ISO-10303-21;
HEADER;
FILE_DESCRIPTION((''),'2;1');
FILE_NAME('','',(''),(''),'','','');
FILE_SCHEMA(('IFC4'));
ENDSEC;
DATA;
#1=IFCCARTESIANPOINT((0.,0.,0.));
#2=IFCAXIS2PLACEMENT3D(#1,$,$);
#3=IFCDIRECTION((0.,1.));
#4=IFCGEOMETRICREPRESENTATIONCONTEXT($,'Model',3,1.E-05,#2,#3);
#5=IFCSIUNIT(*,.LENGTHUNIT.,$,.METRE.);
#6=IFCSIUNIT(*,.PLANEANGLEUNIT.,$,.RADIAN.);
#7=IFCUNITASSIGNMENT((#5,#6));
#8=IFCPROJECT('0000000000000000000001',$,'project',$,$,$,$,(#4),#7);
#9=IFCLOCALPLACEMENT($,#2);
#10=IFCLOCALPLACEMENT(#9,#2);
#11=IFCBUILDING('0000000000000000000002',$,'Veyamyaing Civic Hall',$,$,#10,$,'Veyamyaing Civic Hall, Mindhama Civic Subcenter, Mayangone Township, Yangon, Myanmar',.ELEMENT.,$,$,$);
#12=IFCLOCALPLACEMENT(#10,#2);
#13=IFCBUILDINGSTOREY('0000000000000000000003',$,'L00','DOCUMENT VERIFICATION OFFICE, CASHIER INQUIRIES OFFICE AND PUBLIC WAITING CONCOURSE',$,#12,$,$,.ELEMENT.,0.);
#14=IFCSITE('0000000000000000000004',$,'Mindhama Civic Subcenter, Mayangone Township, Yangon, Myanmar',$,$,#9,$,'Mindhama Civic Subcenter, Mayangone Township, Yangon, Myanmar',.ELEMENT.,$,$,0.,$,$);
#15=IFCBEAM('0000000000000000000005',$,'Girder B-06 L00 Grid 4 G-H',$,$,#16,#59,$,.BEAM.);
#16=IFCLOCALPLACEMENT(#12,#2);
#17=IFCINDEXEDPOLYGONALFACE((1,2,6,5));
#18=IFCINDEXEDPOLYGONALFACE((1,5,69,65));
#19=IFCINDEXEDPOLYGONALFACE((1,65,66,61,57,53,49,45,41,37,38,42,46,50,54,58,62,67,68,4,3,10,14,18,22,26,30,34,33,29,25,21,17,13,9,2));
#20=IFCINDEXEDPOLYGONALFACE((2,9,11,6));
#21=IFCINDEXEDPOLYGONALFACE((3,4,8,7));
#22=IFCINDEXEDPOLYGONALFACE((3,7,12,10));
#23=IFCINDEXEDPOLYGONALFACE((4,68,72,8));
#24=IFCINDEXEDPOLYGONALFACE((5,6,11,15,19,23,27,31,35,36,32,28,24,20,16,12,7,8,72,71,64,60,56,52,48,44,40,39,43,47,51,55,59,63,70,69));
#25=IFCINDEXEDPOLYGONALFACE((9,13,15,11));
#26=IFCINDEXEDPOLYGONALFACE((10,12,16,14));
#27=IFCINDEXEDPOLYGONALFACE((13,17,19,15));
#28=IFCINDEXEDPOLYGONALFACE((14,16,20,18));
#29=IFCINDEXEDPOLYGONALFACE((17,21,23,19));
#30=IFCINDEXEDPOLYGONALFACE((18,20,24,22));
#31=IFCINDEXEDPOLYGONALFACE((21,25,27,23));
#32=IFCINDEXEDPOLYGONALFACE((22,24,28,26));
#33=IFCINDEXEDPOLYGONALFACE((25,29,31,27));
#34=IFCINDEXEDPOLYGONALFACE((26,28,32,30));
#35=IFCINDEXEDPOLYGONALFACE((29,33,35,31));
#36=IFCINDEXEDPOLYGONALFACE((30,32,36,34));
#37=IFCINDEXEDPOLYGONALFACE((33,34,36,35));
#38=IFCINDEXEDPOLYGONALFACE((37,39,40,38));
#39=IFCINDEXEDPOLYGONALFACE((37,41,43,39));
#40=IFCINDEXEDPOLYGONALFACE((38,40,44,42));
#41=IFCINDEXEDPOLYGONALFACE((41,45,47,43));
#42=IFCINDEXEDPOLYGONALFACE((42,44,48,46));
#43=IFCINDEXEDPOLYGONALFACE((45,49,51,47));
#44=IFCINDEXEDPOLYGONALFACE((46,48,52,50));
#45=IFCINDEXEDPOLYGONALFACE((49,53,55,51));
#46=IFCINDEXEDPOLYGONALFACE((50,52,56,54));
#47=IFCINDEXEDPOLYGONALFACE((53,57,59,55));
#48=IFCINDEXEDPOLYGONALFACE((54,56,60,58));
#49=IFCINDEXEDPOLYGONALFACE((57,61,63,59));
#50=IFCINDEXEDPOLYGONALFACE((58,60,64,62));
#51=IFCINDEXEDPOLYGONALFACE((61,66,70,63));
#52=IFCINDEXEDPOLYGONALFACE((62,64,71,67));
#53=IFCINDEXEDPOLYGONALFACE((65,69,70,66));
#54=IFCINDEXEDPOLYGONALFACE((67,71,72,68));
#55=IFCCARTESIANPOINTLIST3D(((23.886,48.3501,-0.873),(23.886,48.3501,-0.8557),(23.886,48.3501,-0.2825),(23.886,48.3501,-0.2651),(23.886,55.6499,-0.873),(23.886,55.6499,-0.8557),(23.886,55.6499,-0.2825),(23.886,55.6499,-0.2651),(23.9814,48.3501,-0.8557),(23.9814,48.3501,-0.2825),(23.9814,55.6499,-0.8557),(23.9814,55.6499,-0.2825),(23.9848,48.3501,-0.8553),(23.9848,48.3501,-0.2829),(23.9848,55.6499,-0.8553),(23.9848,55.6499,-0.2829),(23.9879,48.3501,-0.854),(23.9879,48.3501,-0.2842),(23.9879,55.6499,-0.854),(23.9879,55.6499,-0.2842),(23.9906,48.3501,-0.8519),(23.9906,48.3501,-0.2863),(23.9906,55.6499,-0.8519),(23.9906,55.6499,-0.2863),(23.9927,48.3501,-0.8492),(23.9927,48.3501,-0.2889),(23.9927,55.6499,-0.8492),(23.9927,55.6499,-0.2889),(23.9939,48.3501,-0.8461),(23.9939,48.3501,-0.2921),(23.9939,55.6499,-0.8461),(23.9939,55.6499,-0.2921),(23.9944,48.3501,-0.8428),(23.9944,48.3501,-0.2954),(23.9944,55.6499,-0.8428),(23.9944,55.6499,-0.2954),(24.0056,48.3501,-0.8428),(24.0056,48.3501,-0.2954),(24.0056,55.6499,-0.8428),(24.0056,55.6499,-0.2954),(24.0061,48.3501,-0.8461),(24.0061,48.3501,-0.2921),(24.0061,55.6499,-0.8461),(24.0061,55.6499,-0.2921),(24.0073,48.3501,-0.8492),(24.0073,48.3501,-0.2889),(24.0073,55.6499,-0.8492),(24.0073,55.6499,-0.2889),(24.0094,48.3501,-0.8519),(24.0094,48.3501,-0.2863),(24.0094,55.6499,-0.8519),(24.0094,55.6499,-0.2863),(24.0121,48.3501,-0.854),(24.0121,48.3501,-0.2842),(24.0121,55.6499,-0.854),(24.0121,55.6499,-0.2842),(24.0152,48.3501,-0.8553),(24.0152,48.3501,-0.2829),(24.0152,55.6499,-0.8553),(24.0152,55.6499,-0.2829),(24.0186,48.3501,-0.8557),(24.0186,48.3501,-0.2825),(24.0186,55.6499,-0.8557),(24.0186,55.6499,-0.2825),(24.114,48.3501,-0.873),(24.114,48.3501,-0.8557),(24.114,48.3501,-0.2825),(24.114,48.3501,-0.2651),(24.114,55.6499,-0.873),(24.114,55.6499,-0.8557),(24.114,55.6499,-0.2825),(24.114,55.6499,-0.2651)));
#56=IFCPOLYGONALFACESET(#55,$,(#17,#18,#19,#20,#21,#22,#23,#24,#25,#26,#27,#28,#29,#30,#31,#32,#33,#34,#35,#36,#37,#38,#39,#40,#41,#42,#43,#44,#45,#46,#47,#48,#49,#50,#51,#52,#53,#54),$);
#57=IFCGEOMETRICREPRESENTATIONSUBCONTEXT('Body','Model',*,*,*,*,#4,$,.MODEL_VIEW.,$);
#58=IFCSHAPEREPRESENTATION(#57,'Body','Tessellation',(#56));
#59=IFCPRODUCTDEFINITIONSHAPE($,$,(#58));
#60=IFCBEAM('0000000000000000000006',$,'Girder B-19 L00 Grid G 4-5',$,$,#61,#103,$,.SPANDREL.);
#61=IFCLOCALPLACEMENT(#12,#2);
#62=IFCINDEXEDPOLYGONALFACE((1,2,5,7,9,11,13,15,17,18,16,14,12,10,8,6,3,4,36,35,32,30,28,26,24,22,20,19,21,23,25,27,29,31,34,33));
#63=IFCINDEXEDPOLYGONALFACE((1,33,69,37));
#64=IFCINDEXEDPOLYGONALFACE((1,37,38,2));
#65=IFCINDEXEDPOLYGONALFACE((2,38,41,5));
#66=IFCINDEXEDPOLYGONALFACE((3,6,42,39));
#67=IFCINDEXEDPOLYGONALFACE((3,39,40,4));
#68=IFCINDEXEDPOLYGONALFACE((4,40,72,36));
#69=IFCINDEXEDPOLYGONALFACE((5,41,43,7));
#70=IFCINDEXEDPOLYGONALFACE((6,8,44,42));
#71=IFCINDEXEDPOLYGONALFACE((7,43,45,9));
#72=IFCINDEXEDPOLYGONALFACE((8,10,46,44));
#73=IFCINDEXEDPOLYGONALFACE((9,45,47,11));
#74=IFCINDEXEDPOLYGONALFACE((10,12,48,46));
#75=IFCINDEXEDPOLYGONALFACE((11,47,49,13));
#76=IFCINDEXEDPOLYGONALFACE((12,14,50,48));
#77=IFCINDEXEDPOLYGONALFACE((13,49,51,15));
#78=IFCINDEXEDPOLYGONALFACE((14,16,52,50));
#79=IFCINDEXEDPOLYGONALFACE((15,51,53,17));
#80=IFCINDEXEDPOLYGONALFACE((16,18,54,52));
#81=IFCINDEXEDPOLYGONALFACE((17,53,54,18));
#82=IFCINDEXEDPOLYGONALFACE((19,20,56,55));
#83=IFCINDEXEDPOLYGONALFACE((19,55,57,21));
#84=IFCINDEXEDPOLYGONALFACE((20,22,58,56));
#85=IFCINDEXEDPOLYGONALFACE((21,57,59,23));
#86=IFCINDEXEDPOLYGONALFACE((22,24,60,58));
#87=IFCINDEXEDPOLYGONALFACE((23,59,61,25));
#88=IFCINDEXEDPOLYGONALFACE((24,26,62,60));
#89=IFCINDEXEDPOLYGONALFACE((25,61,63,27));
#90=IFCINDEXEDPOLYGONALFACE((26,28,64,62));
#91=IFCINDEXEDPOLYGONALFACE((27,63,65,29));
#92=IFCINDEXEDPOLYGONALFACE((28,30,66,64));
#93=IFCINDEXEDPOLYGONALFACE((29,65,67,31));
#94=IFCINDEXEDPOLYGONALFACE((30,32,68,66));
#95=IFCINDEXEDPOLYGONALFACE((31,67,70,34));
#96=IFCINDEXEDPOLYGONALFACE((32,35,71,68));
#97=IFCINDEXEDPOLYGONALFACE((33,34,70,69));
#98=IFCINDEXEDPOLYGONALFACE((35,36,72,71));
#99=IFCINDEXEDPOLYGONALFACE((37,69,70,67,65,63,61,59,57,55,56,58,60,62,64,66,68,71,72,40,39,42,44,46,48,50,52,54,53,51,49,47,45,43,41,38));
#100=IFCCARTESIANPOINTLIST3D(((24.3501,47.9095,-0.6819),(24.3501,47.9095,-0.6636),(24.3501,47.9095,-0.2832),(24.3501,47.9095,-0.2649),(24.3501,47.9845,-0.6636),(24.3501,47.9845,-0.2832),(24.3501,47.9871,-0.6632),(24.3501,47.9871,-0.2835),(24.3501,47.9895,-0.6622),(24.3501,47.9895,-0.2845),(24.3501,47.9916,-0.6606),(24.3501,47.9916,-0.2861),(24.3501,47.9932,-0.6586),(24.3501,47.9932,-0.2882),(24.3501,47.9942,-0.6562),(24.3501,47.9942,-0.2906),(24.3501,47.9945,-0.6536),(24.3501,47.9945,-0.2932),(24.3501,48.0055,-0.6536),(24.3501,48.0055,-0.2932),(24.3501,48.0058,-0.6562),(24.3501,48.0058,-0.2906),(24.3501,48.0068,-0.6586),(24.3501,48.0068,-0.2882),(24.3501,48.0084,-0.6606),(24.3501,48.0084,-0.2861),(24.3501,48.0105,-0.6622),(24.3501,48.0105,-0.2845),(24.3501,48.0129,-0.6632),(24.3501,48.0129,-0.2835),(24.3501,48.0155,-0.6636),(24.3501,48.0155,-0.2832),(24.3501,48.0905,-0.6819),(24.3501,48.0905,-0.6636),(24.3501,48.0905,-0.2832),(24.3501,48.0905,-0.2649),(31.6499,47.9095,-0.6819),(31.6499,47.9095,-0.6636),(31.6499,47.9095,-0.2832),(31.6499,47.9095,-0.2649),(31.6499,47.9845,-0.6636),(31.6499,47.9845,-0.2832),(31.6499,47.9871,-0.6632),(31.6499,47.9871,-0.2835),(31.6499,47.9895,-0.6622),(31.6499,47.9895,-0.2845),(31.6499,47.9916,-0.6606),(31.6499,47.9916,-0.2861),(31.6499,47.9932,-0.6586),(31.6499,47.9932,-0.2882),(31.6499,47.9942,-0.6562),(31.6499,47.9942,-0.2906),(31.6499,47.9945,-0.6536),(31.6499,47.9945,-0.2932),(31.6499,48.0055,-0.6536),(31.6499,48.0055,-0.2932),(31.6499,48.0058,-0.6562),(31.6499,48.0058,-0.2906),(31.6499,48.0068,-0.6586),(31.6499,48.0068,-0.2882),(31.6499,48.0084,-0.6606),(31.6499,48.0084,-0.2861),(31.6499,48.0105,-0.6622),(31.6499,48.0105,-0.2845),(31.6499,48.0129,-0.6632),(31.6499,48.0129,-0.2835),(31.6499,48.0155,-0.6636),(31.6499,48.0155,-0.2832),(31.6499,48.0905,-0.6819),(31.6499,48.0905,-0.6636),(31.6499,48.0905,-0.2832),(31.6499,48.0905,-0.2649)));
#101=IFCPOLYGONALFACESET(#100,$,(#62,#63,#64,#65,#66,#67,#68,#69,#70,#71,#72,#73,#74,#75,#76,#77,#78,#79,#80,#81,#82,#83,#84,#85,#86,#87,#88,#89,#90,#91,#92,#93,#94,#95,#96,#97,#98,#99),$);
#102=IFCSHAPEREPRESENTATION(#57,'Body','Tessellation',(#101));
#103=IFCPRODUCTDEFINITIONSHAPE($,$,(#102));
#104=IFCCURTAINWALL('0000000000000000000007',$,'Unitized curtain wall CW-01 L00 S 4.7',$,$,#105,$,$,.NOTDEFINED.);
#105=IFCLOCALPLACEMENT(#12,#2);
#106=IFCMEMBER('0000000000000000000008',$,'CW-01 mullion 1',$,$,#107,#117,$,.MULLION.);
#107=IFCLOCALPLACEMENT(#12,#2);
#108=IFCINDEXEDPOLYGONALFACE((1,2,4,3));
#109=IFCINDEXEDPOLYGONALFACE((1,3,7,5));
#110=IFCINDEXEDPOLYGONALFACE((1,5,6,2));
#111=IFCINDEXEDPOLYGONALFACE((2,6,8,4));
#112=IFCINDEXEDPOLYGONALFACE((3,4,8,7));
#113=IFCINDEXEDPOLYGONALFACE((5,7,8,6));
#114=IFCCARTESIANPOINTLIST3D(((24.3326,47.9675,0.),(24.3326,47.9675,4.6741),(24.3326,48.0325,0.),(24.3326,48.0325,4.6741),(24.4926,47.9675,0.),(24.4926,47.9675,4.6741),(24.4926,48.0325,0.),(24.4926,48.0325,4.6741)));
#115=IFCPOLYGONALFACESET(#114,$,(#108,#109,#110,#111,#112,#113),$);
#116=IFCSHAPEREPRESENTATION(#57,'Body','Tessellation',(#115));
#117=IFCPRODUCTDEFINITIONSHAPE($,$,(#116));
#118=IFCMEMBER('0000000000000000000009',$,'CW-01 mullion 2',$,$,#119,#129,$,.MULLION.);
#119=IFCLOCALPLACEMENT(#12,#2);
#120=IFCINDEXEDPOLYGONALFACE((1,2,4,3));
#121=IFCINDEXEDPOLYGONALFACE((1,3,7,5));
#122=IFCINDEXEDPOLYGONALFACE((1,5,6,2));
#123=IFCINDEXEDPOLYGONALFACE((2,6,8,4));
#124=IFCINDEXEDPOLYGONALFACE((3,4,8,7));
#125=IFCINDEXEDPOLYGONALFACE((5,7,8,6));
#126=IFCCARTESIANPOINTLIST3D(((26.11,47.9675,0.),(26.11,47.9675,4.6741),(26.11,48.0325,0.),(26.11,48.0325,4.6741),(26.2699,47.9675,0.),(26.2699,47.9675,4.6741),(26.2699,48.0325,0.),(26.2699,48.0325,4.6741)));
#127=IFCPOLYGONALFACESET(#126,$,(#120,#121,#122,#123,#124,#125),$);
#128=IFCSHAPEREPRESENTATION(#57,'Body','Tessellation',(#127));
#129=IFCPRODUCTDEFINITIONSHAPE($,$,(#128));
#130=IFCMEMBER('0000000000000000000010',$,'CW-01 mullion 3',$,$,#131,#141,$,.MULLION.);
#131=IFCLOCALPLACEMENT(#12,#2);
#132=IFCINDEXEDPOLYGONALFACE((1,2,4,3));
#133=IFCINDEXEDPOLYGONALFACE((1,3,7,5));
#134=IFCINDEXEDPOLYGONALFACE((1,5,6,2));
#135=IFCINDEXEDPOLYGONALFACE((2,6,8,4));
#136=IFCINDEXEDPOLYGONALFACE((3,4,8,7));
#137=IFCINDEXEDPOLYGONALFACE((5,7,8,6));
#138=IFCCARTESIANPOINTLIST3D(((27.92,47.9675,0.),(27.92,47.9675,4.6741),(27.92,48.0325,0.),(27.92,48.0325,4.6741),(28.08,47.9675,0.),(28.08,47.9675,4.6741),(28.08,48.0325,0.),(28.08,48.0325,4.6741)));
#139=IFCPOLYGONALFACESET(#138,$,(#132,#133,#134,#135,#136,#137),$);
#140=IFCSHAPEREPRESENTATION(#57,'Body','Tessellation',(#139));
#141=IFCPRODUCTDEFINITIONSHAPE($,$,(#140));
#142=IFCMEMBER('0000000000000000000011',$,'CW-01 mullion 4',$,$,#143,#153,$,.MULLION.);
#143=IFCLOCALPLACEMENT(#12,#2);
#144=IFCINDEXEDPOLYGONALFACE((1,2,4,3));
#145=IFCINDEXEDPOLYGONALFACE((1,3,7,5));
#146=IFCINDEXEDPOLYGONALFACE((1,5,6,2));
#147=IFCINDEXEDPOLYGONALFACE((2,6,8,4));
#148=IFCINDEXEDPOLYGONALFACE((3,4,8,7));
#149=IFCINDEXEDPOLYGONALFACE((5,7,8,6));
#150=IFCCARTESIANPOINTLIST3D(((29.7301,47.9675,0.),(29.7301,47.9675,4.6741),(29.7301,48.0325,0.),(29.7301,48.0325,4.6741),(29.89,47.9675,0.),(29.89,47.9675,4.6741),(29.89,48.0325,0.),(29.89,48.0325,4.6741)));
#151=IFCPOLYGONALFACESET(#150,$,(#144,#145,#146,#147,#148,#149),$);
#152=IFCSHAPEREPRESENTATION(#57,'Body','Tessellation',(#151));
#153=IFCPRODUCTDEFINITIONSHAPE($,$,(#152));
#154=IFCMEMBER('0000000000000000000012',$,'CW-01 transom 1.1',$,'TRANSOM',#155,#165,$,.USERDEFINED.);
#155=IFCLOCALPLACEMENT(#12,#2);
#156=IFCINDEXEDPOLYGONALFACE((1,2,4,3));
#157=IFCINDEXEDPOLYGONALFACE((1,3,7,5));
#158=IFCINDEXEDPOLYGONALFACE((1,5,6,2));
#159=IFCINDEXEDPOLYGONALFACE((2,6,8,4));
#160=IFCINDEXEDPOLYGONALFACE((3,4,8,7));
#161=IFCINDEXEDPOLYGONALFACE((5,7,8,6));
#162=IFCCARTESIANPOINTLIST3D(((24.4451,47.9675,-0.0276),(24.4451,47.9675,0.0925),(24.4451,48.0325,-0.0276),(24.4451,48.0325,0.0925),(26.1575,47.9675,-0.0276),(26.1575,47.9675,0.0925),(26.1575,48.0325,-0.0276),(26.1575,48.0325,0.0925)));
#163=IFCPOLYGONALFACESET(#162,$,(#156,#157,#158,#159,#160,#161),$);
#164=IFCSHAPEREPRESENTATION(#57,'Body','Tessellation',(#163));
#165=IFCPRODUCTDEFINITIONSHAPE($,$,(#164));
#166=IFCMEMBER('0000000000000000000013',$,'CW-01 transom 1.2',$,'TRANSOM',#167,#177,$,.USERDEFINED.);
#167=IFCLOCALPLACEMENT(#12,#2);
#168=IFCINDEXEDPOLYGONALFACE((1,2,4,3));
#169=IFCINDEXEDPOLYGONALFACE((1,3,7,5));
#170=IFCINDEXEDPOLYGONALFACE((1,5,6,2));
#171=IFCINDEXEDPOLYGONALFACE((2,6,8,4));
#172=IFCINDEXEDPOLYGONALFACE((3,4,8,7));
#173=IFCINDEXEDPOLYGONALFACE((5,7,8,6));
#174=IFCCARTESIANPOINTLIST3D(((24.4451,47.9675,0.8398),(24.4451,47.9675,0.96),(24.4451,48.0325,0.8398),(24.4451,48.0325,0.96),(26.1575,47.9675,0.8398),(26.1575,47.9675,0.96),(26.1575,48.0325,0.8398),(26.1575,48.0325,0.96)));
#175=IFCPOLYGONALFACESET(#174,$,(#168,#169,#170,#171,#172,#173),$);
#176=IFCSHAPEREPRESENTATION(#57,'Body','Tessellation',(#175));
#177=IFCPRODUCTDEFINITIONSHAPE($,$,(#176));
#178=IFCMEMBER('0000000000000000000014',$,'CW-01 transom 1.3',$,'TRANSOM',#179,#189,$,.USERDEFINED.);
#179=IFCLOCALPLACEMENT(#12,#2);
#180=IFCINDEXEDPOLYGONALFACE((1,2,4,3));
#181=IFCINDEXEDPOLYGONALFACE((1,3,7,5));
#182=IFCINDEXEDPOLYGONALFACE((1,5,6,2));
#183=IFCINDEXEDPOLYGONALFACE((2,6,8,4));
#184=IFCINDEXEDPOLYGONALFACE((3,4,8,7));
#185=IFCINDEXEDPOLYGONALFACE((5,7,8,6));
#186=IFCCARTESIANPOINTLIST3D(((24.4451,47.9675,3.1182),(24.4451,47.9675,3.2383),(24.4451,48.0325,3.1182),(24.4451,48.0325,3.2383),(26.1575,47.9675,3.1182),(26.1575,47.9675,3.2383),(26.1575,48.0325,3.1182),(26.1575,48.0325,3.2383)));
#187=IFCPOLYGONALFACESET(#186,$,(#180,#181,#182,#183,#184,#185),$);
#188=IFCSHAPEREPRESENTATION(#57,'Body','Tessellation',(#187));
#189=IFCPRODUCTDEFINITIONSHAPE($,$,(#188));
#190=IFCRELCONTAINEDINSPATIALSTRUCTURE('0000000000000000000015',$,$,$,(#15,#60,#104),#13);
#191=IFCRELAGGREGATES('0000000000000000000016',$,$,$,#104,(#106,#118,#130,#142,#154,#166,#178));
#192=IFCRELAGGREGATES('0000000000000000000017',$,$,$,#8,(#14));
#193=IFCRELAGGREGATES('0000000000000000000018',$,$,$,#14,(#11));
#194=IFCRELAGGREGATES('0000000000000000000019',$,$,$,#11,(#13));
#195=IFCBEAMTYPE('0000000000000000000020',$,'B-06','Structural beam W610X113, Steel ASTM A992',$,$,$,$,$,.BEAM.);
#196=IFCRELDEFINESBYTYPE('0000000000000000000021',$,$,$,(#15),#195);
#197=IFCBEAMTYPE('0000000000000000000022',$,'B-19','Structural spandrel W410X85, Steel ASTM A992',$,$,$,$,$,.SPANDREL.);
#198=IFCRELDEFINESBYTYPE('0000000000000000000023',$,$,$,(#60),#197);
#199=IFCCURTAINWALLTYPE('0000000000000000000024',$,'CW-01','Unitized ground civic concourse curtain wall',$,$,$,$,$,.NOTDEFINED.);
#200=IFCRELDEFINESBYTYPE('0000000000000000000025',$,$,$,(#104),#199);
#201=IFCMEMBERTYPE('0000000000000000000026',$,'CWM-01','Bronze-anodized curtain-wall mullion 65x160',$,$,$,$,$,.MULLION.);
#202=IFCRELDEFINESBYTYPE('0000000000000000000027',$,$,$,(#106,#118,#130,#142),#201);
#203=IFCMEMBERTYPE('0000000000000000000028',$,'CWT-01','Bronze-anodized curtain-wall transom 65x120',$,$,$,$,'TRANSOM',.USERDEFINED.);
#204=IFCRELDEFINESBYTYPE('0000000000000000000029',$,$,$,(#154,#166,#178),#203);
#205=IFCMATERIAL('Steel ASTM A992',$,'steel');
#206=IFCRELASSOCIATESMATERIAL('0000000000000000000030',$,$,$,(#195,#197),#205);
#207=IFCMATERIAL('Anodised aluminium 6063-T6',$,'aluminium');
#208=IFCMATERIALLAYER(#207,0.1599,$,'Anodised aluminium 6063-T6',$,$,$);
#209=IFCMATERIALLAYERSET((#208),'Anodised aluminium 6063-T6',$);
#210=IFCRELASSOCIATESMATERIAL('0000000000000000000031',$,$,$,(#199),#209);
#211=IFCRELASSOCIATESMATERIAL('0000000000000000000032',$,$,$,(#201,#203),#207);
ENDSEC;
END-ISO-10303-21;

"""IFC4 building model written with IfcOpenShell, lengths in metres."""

from ifc_helpers import new_model, si_unit, direction, frame, origin, origin_2d, place, context, subcontext, project, spatial, rectangle, i_section, extrude, material, layer, layer_set, material_profile, profile_set, type_object, element, aggregate, save


model = new_model("IFC4")

# Units and contexts
model_context = context("Model", 3, precision=1e-05, world=origin(), true_north=direction((0.0, 1.0)))
body_context = subcontext(model_context, "Body", "Model", "MODEL_VIEW")
ifc_project = project(units=[si_unit("LENGTHUNIT", "METRE"), si_unit("PLANEANGLEUNIT", "RADIAN")], contexts=[model_context])

# Site, building, storey
site_placement = place(None, origin())
site = spatial("IfcSite", under=ifc_project, at=site_placement, Name="Mindhama Civic Subcenter, Mayangone Township, Yangon, Myanmar", LongName="Mindhama Civic Subcenter, Mayangone Township, Yangon, Myanmar", CompositionType="ELEMENT", RefElevation=0.0)
building_placement = place(site_placement, origin())
building = spatial("IfcBuilding", under=site, at=building_placement, Name="Veyamyaing Civic Hall", LongName="Veyamyaing Civic Hall, Mindhama Civic Subcenter, Mayangone Township, Yangon, Myanmar", CompositionType="ELEMENT")
storey_placement = place(building_placement, origin())
storey = spatial("IfcBuildingStorey", under=building, at=storey_placement, Name="L00", Description="DOCUMENT VERIFICATION OFFICE, CASHIER INQUIRIES OFFICE AND PUBLIC WAITING CONCOURSE", CompositionType="ELEMENT", Elevation=0.0)

# Beams
ifc_material_1 = material(Name="Steel ASTM A992", Category="steel")
ifc_material_profile_1 = material_profile(ifc_material_1, i_section(OverallWidth=0.228, OverallDepth=0.6079, WebThickness=0.0112, FlangeThickness=0.0173, FilletRadius=0.0129, at=origin_2d()), Name="W610X113")
ifc_profile_set_1 = profile_set([ifc_material_profile_1], Name="Steel ASTM A992")
beam_type_1 = type_object("IfcBeamType", Name="B-06", Description="Structural beam W610X113, Steel ASTM A992", PredefinedType="BEAM", material=ifc_profile_set_1)
beam_1_placement = place(storey_placement, frame((24.0, 48.3501, -0.5691), z_axis=(0.0, 1.0, 0.0), x_axis=(-1.0, 0.0, 0.0)))
element("IfcBeam", 1, at=beam_1_placement, inside=storey, type_object=beam_type_1, Name="Girder B-06 L00 Grid 4 G-H", PredefinedType="BEAM", context=body_context, shape_type="SweptSolid", body=[
    extrude(i_section(OverallWidth=0.228, OverallDepth=0.6079, WebThickness=0.0112, FlangeThickness=0.0173, FilletRadius=0.0129, at=origin_2d()), origin(), (0.0, 0.0, 1.0), 7.2998),
])
ifc_material_profile_2 = material_profile(ifc_material_1, i_section(OverallWidth=0.1809, OverallDepth=0.417, WebThickness=0.011, FlangeThickness=0.0183, FilletRadius=0.01, at=origin_2d()), Name="W410X85")
ifc_profile_set_2 = profile_set([ifc_material_profile_2], Name="Steel ASTM A992")
beam_type_2 = type_object("IfcBeamType", Name="B-19", Description="Structural spandrel W410X85, Steel ASTM A992", PredefinedType="SPANDREL", material=ifc_profile_set_2)
beam_2_placement = place(storey_placement, frame((24.3501, 48.0, -0.4734), z_axis=(1.0, 0.0, 0.0), x_axis=(0.0, 1.0, 0.0)))
element("IfcBeam", 2, at=beam_2_placement, inside=storey, type_object=beam_type_2, Name="Girder B-19 L00 Grid G 4-5", PredefinedType="SPANDREL", context=body_context, shape_type="SweptSolid", body=[
    extrude(i_section(OverallWidth=0.1809, OverallDepth=0.417, WebThickness=0.011, FlangeThickness=0.0183, FilletRadius=0.01, at=origin_2d()), origin(), (0.0, 0.0, 1.0), 7.2998),
])

# Curtain wall, members
ifc_material_2 = material(Name="Anodised aluminium 6063-T6", Category="aluminium")
ifc_layer_1 = layer(ifc_material_2, 0.1599, Name="Anodised aluminium 6063-T6")
ifc_layer_set_1 = layer_set([ifc_layer_1], Name="Anodised aluminium 6063-T6")
curtain_wall_type = type_object("IfcCurtainWallType", Name="CW-01", Description="Unitized ground civic concourse curtain wall", PredefinedType="NOTDEFINED", material=ifc_layer_set_1)
curtain_wall_placement = place(storey_placement, origin())
curtain_wall = element("IfcCurtainWall", 3, at=curtain_wall_placement, inside=storey, type_object=curtain_wall_type, Name="Unitized curtain wall CW-01 L00 S 4.7", PredefinedType="NOTDEFINED")
ifc_material_profile_3 = material_profile(ifc_material_2, rectangle(XDim=0.0649, YDim=0.1599, at=origin_2d()), Name="ALU-MUL-65X160")
ifc_profile_set_3 = profile_set([ifc_material_profile_3], Name="Anodised aluminium 6063-T6")
member_type_1 = type_object("IfcMemberType", Name="CWM-01", Description="Bronze-anodized curtain-wall mullion 65x160", PredefinedType="MULLION", material=ifc_profile_set_3)
member_1_placement = place(storey_placement, frame((24.4126, 48.0, 0.0), z_axis=(0.0, 0.0, 1.0), x_axis=(0.0, 1.0, 0.0)))
member_1 = element("IfcMember", 4, at=member_1_placement, type_object=member_type_1, Name="CW-01 mullion 1", PredefinedType="MULLION", context=body_context, shape_type="SweptSolid", body=[
    extrude(rectangle(XDim=0.0649, YDim=0.1599, at=origin_2d()), origin(), (0.0, 0.0, 1.0), 4.6741),
])
member_2_placement = place(storey_placement, frame((26.1899, 48.0, 0.0), z_axis=(0.0, 0.0, 1.0), x_axis=(0.0, 1.0, 0.0)))
member_2 = element("IfcMember", 5, at=member_2_placement, type_object=member_type_1, Name="CW-01 mullion 2", PredefinedType="MULLION", context=body_context, shape_type="SweptSolid", body=[
    extrude(rectangle(XDim=0.0649, YDim=0.1599, at=origin_2d()), origin(), (0.0, 0.0, 1.0), 4.6741),
])
member_3_placement = place(storey_placement, frame((28.0, 48.0, 0.0), z_axis=(0.0, 0.0, 1.0), x_axis=(0.0, 1.0, 0.0)))
member_3 = element("IfcMember", 6, at=member_3_placement, type_object=member_type_1, Name="CW-01 mullion 3", PredefinedType="MULLION", context=body_context, shape_type="SweptSolid", body=[
    extrude(rectangle(XDim=0.0649, YDim=0.1599, at=origin_2d()), origin(), (0.0, 0.0, 1.0), 4.6741),
])
member_4_placement = place(storey_placement, frame((29.8101, 48.0, 0.0), z_axis=(0.0, 0.0, 1.0), x_axis=(0.0, 1.0, 0.0)))
member_4 = element("IfcMember", 7, at=member_4_placement, type_object=member_type_1, Name="CW-01 mullion 4", PredefinedType="MULLION", context=body_context, shape_type="SweptSolid", body=[
    extrude(rectangle(XDim=0.0649, YDim=0.1599, at=origin_2d()), origin(), (0.0, 0.0, 1.0), 4.6741),
])
ifc_material_profile_4 = material_profile(ifc_material_2, rectangle(XDim=0.0649, YDim=0.1201, at=origin_2d()), Name="ALU-TRN-65X120")
ifc_profile_set_4 = profile_set([ifc_material_profile_4], Name="Anodised aluminium 6063-T6")
member_type_2 = type_object("IfcMemberType", Name="CWT-01", Description="Bronze-anodized curtain-wall transom 65x120", ElementType="TRANSOM", PredefinedType="USERDEFINED", material=ifc_profile_set_4)
member_5_placement = place(storey_placement, frame((24.4451, 48.0, 0.0325), z_axis=(1.0, 0.0, 0.0), x_axis=(0.0, 1.0, 0.0)))
member_5 = element("IfcMember", 8, at=member_5_placement, type_object=member_type_2, Name="CW-01 transom 1.1", ObjectType="TRANSOM", PredefinedType="USERDEFINED", context=body_context, shape_type="SweptSolid", body=[
    extrude(rectangle(XDim=0.0649, YDim=0.1201, at=origin_2d()), origin(), (0.0, 0.0, 1.0), 1.7124),
])
member_6_placement = place(storey_placement, frame((24.4451, 48.0, 0.8999), z_axis=(1.0, 0.0, 0.0), x_axis=(0.0, 1.0, 0.0)))
member_6 = element("IfcMember", 9, at=member_6_placement, type_object=member_type_2, Name="CW-01 transom 1.2", ObjectType="TRANSOM", PredefinedType="USERDEFINED", context=body_context, shape_type="SweptSolid", body=[
    extrude(rectangle(XDim=0.0649, YDim=0.1201, at=origin_2d()), origin(), (0.0, 0.0, 1.0), 1.7124),
])
member_7_placement = place(storey_placement, frame((24.4451, 48.0, 3.1782), z_axis=(1.0, 0.0, 0.0), x_axis=(0.0, 1.0, 0.0)))
member_7 = element("IfcMember", 10, at=member_7_placement, type_object=member_type_2, Name="CW-01 transom 1.3", ObjectType="TRANSOM", PredefinedType="USERDEFINED", context=body_context, shape_type="SweptSolid", body=[
    extrude(rectangle(XDim=0.0649, YDim=0.1201, at=origin_2d()), origin(), (0.0, 0.0, 1.0), 1.7124),
])

aggregate(curtain_wall, [member_1, member_2, member_3, member_4, member_5, member_6, member_7])

save(model, "model.ifc")
